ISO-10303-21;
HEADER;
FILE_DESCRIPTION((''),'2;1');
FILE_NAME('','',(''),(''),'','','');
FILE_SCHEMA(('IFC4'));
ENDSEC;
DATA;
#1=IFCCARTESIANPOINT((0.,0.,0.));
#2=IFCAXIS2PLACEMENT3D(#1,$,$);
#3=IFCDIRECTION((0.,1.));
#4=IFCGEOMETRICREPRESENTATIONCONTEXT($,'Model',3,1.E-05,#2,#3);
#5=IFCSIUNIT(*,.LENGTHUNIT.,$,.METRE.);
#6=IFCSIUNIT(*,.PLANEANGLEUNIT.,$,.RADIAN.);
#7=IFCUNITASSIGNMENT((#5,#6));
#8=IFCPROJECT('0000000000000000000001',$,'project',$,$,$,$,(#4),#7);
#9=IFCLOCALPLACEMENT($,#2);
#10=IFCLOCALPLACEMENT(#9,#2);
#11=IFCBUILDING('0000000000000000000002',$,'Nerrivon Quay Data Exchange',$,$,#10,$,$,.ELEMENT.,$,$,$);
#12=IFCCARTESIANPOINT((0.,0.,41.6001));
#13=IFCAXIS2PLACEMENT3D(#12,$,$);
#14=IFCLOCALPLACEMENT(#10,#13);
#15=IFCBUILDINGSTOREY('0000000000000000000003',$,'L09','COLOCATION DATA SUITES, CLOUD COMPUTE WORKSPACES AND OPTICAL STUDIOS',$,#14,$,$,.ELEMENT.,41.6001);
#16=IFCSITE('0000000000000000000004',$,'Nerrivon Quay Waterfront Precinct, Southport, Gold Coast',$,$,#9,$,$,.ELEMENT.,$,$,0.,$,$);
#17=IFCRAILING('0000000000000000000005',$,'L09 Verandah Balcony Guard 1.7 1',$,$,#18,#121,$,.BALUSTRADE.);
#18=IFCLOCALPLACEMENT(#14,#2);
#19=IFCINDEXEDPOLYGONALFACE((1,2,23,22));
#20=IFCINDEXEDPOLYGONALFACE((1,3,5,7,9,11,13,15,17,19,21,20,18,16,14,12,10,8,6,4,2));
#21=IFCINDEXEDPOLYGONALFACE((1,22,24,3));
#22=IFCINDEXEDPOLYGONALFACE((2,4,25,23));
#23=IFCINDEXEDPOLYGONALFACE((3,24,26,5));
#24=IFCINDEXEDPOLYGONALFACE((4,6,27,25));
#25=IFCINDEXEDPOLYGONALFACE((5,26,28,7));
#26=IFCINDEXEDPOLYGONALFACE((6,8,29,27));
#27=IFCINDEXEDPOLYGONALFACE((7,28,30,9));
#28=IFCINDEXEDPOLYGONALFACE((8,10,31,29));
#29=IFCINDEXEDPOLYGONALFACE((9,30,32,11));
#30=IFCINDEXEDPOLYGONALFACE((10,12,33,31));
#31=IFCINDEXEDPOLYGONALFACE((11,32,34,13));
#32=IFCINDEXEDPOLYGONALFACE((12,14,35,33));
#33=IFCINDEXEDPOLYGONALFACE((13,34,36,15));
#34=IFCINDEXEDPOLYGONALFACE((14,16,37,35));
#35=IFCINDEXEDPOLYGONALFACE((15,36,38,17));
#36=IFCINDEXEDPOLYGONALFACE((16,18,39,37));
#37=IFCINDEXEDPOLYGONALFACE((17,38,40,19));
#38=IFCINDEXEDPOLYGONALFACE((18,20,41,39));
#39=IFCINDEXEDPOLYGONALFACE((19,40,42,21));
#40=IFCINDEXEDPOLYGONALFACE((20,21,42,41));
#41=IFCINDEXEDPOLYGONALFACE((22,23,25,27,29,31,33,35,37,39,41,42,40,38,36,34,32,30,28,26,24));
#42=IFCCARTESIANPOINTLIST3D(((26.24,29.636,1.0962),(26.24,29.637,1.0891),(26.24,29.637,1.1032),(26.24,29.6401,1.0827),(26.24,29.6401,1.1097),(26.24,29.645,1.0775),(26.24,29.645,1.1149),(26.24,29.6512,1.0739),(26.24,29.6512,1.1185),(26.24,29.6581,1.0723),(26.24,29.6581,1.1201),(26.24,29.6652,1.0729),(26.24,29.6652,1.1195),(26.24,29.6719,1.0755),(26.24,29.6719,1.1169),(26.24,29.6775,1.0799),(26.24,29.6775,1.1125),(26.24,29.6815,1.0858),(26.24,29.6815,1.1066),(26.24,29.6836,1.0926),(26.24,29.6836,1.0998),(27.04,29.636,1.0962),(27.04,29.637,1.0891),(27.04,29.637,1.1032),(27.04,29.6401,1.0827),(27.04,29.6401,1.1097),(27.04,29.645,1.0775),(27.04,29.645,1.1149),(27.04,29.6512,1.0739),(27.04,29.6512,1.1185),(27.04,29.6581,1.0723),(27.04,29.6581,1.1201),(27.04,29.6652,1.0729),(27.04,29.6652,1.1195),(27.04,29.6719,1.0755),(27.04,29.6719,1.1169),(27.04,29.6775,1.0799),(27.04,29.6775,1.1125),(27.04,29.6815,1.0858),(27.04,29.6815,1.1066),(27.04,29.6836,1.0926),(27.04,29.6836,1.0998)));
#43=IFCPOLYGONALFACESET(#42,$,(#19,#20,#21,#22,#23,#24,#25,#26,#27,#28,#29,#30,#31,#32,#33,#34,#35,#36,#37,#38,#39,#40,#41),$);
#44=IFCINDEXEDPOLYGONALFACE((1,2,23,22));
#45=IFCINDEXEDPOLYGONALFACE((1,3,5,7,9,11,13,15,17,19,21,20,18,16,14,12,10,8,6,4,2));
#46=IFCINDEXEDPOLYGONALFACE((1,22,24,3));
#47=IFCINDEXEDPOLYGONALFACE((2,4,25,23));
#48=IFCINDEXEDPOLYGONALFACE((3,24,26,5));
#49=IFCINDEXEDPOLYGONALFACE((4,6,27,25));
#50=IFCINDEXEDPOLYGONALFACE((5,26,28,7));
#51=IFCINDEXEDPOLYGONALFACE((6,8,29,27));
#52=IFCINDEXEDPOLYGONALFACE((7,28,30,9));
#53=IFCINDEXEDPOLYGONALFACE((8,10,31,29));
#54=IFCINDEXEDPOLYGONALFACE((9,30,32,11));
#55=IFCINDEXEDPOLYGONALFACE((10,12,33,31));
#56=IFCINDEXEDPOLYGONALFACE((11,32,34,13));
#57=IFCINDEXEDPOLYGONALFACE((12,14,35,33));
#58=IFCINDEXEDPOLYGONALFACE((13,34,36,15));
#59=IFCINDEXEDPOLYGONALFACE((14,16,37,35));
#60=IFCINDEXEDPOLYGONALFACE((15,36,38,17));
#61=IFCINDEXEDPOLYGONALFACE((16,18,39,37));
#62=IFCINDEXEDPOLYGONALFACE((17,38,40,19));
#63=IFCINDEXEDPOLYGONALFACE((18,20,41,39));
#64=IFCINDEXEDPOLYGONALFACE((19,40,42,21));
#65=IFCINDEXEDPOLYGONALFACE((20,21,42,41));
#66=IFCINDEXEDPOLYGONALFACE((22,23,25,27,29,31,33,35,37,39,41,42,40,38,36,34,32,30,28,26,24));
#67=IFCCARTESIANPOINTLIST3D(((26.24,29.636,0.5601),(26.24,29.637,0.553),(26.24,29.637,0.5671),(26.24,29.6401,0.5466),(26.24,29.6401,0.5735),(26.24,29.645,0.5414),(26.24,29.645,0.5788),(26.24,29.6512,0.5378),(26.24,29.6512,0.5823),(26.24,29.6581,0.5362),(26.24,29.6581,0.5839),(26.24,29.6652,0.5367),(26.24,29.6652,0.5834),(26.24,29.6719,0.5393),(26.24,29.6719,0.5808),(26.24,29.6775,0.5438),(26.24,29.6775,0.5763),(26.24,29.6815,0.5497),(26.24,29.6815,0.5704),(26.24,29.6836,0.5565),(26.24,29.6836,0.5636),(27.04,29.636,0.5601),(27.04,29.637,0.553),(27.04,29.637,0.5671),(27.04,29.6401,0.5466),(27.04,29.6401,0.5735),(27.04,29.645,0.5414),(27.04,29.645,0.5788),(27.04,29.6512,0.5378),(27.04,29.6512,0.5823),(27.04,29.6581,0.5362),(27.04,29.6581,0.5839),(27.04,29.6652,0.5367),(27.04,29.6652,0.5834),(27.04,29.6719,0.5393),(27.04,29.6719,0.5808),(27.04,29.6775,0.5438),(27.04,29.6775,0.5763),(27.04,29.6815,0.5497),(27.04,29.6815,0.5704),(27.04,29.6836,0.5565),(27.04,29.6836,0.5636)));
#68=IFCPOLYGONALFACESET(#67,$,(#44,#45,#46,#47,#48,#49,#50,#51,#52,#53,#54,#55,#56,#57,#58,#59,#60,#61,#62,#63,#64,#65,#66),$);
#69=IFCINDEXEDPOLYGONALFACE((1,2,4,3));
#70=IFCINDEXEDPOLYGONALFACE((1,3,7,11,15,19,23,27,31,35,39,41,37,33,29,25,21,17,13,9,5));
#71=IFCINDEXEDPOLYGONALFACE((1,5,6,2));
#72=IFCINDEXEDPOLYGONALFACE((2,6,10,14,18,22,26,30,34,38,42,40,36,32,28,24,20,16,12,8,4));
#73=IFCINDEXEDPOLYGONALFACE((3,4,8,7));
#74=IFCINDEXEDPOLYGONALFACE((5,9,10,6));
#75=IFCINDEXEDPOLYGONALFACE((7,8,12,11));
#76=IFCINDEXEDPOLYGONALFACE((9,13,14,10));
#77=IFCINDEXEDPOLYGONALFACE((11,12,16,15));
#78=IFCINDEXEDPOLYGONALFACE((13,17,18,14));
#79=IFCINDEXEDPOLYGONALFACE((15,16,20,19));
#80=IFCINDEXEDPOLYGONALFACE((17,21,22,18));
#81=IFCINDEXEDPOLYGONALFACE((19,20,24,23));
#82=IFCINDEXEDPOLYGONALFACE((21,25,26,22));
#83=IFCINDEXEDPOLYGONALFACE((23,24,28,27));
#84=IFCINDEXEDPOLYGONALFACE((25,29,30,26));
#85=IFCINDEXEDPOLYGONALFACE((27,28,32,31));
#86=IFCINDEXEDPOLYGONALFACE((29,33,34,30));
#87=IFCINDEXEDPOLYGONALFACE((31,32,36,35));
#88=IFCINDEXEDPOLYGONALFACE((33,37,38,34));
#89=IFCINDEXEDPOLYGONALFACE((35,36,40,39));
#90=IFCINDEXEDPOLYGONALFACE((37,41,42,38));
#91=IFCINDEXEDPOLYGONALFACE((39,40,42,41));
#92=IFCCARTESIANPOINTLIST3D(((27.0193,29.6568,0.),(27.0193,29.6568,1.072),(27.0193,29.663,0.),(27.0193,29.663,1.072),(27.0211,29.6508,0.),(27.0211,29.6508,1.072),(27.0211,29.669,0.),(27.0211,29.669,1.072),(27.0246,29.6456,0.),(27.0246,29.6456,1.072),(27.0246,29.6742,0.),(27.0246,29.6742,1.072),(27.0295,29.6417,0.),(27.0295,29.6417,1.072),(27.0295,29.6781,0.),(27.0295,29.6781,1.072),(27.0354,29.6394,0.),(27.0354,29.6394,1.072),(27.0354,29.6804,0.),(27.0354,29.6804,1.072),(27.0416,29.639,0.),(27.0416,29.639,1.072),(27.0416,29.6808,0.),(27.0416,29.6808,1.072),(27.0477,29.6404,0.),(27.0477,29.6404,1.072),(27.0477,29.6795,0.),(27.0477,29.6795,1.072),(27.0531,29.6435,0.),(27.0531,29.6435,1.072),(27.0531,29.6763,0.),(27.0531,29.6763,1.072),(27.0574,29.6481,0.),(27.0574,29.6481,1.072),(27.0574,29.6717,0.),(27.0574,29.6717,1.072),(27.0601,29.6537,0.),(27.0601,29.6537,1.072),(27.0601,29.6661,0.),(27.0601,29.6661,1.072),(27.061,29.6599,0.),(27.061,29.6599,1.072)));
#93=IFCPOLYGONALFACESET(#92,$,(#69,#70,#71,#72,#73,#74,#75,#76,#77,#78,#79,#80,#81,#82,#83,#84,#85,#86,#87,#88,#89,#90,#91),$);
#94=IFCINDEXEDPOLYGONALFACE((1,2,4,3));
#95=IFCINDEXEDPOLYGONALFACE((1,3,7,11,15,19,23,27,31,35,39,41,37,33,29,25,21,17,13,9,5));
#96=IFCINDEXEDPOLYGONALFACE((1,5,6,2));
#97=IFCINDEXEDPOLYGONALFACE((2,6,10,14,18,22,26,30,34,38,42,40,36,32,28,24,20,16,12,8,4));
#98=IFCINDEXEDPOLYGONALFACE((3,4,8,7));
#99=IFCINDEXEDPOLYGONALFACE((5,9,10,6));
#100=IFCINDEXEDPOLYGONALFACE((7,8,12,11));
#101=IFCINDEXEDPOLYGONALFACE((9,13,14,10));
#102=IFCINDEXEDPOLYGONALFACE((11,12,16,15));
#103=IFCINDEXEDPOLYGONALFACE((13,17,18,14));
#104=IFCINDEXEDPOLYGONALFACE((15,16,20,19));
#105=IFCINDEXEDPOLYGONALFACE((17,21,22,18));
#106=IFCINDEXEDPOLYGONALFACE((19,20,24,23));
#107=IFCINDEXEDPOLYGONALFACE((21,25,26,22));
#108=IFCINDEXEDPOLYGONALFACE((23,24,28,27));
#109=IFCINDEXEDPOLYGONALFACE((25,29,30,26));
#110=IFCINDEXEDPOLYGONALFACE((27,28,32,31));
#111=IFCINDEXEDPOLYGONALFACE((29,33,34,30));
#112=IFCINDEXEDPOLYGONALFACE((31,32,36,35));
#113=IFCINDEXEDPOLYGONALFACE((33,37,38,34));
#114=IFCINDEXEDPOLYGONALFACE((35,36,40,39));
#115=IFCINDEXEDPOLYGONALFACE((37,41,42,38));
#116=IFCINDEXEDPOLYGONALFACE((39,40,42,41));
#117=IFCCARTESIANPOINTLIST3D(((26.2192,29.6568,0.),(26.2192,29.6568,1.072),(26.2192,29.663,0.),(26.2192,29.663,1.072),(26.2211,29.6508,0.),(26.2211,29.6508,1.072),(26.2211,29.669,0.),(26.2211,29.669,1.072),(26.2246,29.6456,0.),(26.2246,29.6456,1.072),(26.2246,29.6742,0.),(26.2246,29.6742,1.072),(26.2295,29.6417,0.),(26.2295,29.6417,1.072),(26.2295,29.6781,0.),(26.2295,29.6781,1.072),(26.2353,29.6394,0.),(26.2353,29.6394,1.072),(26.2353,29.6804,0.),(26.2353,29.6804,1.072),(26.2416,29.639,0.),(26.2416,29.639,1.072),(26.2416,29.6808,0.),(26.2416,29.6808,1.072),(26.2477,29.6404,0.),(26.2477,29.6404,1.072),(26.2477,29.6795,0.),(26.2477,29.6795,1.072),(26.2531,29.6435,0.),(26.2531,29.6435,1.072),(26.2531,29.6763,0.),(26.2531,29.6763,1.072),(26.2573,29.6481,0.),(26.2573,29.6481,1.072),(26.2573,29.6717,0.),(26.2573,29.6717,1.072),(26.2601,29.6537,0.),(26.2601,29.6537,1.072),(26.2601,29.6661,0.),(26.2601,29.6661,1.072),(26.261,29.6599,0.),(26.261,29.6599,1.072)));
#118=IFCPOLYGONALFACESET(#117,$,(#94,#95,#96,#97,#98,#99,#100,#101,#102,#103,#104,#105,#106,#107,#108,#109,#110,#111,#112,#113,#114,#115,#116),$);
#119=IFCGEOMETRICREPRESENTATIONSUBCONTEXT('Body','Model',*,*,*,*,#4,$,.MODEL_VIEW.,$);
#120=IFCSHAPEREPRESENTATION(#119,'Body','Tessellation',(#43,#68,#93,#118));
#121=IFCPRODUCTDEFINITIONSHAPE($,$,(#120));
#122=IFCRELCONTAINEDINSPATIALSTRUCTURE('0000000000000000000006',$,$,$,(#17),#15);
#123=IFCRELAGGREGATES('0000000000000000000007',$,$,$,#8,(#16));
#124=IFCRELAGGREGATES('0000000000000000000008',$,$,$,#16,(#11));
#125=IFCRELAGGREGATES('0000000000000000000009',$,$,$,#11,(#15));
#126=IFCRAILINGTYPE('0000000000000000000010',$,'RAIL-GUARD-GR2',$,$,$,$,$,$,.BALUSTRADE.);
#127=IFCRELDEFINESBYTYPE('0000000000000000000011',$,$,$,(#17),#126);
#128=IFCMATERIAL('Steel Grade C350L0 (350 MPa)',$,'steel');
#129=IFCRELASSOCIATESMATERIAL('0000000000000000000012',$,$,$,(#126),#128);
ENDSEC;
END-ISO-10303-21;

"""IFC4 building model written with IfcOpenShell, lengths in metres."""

from ifc_helpers import new_model, si_unit, direction, frame, origin, origin_2d, place, context, subcontext, project, spatial, circle, extrude, material, type_object, element, save


model = new_model("IFC4")

# Units and contexts
model_context = context("Model", 3, precision=1e-05, world=origin(), true_north=direction((0.0, 1.0)))
body_context = subcontext(model_context, "Body", "Model", "MODEL_VIEW")
ifc_project = project(units=[si_unit("LENGTHUNIT", "METRE"), si_unit("PLANEANGLEUNIT", "RADIAN")], contexts=[model_context])

# Site, building, storey
site_placement = place(None, origin())
site = spatial("IfcSite", under=ifc_project, at=site_placement, Name="Nerrivon Quay Waterfront Precinct, Southport, Gold Coast", CompositionType="ELEMENT", RefElevation=0.0)
building_placement = place(site_placement, origin())
building = spatial("IfcBuilding", under=site, at=building_placement, Name="Nerrivon Quay Data Exchange", CompositionType="ELEMENT")
storey_placement = place(building_placement, frame((0.0, 0.0, 41.6001)))
storey = spatial("IfcBuildingStorey", under=building, at=storey_placement, Name="L09", Description="COLOCATION DATA SUITES, CLOUD COMPUTE WORKSPACES AND OPTICAL STUDIOS", CompositionType="ELEMENT", Elevation=41.6001)

# Railing
ifc_material_1 = material(Name="Steel Grade C350L0 (350 MPa)", Category="steel")
railing_type = type_object("IfcRailingType", Name="RAIL-GUARD-GR2", PredefinedType="BALUSTRADE", material=ifc_material_1)
railing_1_placement = place(storey_placement, frame((27.04, 29.6599, 0.0)))
element("IfcRailing", 1, at=railing_1_placement, inside=storey, type_object=railing_type, Name="L09 Verandah Balcony Guard 1.7 1", PredefinedType="BALUSTRADE", context=body_context, shape_type="SweptSolid", body=[
    extrude(circle(Radius=0.0239, at=origin_2d()), frame((0.0, 0.0, 1.0962), z_axis=(-1.0, 0.0, 0.0), x_axis=(0.0, -1.0, 0.0)), (0.0, 0.0, 1.0), 0.8),
    extrude(circle(Radius=0.0239, at=origin_2d()), frame((0.0, 0.0, 0.5601), z_axis=(-1.0, 0.0, 0.0), x_axis=(0.0, -1.0, 0.0)), (0.0, 0.0, 1.0), 0.8),
    extrude(circle(Radius=0.021, at=origin_2d()), origin(), (0.0, 0.0, 1.0), 1.072),
    extrude(circle(Radius=0.021, at=origin_2d()), frame((-0.8, 0.0, 0.0)), (0.0, 0.0, 1.0), 1.072),
])

save(model, "model.ifc")
